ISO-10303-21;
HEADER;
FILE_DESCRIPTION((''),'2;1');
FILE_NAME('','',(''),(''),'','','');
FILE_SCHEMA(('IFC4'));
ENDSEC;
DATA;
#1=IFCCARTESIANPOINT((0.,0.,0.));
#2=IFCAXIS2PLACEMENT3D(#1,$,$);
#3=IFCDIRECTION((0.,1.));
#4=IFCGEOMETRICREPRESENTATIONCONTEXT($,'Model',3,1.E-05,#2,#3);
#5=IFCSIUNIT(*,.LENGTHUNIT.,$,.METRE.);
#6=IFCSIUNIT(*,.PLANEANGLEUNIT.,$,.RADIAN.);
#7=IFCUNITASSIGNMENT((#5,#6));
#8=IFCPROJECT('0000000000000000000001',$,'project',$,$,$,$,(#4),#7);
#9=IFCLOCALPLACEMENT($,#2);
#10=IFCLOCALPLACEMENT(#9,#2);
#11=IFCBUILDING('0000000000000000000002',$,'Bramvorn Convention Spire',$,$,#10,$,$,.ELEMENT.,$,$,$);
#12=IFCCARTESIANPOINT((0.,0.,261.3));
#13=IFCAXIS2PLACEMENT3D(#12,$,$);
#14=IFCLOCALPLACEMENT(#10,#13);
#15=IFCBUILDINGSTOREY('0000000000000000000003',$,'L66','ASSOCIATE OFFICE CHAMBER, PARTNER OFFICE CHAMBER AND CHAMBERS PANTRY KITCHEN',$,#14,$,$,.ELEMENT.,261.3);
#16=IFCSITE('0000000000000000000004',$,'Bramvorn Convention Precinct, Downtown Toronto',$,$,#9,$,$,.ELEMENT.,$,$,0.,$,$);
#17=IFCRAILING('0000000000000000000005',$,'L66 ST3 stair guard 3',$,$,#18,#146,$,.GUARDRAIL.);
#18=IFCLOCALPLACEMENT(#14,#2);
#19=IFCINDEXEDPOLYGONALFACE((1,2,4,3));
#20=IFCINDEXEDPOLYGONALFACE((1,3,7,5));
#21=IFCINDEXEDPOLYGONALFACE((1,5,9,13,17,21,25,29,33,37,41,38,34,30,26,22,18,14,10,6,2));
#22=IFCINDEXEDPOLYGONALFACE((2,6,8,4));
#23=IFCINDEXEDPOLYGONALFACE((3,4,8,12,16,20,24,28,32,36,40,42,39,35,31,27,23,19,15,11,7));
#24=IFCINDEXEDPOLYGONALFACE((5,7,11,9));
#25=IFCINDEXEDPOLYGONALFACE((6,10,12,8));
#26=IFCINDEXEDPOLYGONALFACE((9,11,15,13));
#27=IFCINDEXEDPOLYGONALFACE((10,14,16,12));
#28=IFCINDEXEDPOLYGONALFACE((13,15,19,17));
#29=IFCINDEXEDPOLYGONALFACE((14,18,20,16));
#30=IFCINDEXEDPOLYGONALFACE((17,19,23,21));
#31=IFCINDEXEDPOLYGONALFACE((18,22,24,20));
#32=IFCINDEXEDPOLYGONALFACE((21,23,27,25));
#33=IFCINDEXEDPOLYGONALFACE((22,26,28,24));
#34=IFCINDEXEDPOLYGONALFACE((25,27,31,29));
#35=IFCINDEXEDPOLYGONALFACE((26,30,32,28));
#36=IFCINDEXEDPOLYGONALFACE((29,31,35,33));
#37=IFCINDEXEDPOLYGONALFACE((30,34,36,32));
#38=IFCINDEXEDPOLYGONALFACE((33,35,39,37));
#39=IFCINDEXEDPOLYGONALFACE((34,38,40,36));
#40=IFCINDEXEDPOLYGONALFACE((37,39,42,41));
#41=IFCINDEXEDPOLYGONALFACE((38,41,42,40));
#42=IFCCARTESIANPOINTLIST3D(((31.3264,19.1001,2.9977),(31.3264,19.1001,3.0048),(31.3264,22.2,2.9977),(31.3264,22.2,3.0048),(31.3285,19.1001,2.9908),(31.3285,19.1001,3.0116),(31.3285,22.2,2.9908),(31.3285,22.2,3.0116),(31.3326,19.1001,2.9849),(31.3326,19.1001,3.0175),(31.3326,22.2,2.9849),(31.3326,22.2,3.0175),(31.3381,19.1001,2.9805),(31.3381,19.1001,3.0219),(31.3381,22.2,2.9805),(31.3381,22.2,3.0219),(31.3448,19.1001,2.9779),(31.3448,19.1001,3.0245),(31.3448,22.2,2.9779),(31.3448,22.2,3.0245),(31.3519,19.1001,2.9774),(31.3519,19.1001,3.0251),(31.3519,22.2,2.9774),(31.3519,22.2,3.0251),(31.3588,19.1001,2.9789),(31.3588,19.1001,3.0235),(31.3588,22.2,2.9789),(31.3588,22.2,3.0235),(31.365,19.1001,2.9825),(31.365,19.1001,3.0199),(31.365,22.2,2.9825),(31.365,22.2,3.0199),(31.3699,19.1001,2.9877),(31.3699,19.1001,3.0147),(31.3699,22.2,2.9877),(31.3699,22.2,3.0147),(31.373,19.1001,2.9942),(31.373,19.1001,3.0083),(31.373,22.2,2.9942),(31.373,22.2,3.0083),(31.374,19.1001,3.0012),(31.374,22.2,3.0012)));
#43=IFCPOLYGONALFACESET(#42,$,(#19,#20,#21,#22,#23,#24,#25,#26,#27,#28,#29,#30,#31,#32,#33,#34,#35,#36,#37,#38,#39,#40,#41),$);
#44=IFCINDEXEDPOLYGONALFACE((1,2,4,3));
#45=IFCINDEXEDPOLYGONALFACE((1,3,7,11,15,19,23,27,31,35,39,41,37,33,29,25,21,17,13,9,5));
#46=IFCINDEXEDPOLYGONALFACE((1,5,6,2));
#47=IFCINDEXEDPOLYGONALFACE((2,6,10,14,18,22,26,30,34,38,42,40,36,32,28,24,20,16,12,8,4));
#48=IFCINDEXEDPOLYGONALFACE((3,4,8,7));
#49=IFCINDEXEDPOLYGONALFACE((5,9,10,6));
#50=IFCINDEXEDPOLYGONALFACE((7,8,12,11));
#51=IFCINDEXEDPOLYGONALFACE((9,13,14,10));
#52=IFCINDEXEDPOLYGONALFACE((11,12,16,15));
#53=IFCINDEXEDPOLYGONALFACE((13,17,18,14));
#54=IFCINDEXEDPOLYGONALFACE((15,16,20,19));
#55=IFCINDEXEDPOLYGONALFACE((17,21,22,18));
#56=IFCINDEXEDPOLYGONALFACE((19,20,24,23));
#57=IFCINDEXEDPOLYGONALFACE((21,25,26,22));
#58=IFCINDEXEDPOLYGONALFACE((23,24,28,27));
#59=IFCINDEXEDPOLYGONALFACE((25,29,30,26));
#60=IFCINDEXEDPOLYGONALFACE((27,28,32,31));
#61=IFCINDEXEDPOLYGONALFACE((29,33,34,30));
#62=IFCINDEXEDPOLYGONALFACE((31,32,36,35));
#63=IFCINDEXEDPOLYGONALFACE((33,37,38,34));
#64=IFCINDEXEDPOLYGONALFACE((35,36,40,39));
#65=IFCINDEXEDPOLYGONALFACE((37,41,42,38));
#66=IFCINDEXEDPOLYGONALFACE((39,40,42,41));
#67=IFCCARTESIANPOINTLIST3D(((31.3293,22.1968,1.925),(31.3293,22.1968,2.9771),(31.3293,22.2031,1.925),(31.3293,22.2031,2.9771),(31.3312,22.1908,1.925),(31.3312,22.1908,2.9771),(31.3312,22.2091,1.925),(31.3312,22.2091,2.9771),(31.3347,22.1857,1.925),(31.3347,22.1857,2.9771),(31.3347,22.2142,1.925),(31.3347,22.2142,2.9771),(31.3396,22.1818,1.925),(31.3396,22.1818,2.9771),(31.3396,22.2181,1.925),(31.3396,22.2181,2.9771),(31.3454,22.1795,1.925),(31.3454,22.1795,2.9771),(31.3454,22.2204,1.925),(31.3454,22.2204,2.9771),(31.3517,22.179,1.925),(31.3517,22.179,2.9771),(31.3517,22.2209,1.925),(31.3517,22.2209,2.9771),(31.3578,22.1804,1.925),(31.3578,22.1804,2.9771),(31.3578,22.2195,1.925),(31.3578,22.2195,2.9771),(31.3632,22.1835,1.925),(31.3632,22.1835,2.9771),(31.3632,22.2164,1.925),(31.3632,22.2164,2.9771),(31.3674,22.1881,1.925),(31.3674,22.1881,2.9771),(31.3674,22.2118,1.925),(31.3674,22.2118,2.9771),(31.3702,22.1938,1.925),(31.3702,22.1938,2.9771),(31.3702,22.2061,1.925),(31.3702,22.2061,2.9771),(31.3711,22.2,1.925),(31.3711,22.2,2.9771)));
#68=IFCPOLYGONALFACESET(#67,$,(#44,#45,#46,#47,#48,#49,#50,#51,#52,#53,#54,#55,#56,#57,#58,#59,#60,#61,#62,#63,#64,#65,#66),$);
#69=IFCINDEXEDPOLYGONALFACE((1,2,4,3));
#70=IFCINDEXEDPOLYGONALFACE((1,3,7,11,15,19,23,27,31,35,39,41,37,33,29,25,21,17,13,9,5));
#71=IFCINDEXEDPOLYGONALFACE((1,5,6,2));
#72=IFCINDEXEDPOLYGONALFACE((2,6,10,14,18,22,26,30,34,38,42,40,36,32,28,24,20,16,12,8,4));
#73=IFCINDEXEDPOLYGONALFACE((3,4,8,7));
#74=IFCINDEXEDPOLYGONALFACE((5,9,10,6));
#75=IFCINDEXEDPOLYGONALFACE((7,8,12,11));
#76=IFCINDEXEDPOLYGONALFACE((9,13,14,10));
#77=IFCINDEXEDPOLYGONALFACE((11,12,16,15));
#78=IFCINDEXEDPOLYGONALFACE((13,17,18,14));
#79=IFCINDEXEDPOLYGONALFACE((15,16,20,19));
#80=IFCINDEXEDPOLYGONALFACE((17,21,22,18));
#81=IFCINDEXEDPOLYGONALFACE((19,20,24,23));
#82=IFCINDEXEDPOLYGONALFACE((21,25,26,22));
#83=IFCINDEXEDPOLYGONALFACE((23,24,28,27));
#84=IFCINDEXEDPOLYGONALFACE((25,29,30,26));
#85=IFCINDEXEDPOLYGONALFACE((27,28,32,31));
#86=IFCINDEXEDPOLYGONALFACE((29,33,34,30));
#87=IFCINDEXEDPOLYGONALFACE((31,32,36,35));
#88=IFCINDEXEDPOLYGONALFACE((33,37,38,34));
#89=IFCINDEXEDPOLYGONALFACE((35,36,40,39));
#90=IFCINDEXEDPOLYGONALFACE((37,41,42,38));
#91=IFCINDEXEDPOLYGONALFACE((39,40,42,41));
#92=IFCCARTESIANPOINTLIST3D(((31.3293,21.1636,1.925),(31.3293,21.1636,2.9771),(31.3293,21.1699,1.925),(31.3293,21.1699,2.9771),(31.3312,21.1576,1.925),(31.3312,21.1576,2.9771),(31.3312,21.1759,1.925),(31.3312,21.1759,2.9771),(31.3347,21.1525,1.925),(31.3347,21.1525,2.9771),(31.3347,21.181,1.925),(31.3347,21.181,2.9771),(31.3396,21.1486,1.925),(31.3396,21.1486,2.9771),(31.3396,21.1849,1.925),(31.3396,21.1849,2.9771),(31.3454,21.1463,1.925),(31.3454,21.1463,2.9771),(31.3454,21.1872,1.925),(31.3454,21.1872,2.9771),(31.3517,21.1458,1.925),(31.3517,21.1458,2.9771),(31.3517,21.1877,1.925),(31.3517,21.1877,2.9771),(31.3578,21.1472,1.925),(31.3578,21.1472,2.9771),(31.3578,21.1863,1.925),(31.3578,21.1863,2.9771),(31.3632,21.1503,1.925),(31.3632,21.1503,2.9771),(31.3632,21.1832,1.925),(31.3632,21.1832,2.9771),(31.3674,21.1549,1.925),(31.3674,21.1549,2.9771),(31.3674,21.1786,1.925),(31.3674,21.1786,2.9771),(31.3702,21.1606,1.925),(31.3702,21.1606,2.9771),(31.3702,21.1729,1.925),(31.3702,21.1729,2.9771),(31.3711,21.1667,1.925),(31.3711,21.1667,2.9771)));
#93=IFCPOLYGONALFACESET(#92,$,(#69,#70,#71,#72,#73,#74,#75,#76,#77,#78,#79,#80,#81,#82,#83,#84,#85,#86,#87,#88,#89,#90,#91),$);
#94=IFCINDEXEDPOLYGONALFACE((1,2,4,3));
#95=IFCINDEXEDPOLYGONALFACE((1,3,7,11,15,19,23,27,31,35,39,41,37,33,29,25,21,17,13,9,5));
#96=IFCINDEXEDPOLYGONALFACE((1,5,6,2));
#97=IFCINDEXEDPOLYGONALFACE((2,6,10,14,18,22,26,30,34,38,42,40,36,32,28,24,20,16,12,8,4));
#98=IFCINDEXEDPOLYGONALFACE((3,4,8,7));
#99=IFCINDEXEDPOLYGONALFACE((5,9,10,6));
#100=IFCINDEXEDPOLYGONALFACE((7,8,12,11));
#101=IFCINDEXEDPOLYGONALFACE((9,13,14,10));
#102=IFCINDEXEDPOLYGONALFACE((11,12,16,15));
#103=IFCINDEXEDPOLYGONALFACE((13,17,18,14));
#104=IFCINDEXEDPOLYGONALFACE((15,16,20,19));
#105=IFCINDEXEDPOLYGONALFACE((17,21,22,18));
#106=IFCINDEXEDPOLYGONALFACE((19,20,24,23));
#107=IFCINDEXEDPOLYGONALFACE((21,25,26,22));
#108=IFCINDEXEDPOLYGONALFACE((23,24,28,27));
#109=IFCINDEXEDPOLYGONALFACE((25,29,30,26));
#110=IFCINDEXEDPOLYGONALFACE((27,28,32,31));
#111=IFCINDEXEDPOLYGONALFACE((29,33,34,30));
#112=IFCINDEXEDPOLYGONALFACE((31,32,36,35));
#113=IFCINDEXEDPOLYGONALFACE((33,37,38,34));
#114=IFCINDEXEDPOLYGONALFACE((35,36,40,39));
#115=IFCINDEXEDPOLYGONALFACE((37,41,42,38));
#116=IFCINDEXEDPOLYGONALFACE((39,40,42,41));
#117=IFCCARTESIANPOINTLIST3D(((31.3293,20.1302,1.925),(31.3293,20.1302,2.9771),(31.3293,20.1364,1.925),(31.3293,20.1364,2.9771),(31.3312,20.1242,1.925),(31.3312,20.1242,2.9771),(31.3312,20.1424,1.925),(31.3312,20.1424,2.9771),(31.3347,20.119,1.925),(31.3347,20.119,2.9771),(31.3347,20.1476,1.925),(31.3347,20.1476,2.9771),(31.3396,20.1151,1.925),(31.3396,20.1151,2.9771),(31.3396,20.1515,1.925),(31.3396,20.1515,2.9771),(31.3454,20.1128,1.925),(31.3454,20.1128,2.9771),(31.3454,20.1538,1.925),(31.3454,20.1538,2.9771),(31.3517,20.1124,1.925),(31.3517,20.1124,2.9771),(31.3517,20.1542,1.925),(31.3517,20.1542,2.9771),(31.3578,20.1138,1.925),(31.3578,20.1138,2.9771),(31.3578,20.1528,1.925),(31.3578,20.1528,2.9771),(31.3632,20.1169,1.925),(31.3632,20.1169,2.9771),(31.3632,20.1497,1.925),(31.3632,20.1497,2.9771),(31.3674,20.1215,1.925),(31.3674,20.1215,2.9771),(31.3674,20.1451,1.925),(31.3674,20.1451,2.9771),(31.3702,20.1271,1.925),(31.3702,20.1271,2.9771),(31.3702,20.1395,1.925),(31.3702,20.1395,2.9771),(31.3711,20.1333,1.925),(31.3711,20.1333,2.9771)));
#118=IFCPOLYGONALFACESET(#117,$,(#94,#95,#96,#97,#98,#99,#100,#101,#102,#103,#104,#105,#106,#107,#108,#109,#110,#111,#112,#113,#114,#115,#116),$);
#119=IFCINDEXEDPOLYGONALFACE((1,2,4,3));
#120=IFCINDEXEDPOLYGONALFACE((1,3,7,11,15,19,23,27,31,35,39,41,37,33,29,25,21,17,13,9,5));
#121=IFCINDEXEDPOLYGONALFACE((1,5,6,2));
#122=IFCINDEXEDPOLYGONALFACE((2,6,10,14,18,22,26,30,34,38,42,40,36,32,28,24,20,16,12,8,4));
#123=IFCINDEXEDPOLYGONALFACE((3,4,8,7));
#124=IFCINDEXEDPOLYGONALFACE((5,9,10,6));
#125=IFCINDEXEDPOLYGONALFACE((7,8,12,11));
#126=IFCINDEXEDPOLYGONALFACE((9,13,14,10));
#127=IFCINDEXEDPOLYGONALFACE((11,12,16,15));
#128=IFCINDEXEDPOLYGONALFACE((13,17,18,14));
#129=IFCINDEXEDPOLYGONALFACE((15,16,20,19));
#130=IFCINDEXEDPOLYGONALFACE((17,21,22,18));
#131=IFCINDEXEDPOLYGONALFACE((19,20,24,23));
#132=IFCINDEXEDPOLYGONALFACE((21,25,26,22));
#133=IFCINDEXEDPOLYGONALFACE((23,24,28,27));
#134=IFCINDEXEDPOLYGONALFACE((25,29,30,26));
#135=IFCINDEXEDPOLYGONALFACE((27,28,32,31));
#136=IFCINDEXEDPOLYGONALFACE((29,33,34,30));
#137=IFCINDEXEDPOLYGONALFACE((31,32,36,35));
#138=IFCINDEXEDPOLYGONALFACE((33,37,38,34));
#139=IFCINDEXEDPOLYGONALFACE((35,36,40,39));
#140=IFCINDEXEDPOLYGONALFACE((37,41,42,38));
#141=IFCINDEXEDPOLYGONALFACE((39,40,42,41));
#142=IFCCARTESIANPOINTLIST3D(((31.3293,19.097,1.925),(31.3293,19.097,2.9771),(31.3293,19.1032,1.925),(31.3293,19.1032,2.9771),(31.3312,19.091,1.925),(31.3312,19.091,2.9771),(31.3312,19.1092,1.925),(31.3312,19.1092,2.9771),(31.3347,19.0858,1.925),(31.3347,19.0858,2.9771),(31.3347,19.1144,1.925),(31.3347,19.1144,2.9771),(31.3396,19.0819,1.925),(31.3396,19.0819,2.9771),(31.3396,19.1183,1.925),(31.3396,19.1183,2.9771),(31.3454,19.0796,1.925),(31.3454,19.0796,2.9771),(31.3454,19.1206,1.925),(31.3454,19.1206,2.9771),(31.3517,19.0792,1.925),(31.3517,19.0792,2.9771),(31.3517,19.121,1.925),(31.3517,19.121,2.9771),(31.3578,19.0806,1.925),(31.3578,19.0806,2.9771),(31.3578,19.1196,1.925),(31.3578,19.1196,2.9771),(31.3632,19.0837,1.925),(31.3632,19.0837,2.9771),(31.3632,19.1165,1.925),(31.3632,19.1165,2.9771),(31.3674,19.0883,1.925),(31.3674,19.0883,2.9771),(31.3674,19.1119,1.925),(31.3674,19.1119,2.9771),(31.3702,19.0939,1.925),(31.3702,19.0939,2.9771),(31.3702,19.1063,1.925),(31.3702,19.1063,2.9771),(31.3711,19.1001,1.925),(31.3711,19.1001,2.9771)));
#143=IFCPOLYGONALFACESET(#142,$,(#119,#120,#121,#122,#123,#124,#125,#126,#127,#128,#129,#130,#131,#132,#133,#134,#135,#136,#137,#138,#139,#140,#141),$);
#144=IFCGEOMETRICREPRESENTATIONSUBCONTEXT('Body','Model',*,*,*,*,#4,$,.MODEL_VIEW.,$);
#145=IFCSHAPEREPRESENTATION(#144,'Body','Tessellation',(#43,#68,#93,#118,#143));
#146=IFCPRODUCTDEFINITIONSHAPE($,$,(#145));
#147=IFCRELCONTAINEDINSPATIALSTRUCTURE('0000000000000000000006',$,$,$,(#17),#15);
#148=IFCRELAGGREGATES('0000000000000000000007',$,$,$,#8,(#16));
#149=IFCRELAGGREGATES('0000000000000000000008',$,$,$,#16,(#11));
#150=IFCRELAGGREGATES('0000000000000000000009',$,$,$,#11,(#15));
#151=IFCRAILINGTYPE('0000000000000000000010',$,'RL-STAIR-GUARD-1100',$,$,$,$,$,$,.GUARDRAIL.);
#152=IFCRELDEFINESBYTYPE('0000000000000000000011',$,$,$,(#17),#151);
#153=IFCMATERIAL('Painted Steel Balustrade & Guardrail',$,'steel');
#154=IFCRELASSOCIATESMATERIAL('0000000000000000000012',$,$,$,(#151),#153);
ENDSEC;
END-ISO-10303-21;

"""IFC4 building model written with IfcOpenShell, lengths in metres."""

from ifc_helpers import new_model, si_unit, direction, frame, origin, origin_2d, place, context, subcontext, project, spatial, circle, extrude, material, type_object, element, save


model = new_model("IFC4")

# Units and contexts
model_context = context("Model", 3, precision=1e-05, world=origin(), true_north=direction((0.0, 1.0)))
body_context = subcontext(model_context, "Body", "Model", "MODEL_VIEW")
ifc_project = project(units=[si_unit("LENGTHUNIT", "METRE"), si_unit("PLANEANGLEUNIT", "RADIAN")], contexts=[model_context])

# Site, building, storey
site_placement = place(None, origin())
site = spatial("IfcSite", under=ifc_project, at=site_placement, Name="Bramvorn Convention Precinct, Downtown Toronto", CompositionType="ELEMENT", RefElevation=0.0)
building_placement = place(site_placement, origin())
building = spatial("IfcBuilding", under=site, at=building_placement, Name="Bramvorn Convention Spire", CompositionType="ELEMENT")
storey_placement = place(building_placement, frame((0.0, 0.0, 261.3)))
storey = spatial("IfcBuildingStorey", under=building, at=storey_placement, Name="L66", Description="ASSOCIATE OFFICE CHAMBER, PARTNER OFFICE CHAMBER AND CHAMBERS PANTRY KITCHEN", CompositionType="ELEMENT", Elevation=261.3)

# Railing
ifc_material_1 = material(Name="Painted Steel Balustrade & Guardrail", Category="steel")
railing_type_1 = type_object("IfcRailingType", Name="RL-STAIR-GUARD-1100", PredefinedType="GUARDRAIL", material=ifc_material_1)
for number, where, name in (
    (1, (31.3501, 22.2, 1.925), "L66 ST3 stair guard 3"),
):
    element("IfcRailing", number, at=place(storey_placement, frame(where)), inside=storey, type_object=railing_type_1, Name=name, PredefinedType="GUARDRAIL", context=body_context, shape_type="SweptSolid", body=[
        extrude(circle(Radius=0.0239, at=origin_2d()), frame((0.0, 0.0, 1.0762), z_axis=(0.0, -1.0, 0.0), x_axis=(1.0, 0.0, 0.0)), (0.0, 0.0, 1.0), 3.0999),
        extrude(circle(Radius=0.021, at=origin_2d()), origin(), (0.0, 0.0, 1.0), 1.052),
        extrude(circle(Radius=0.021, at=origin_2d()), frame((0.0, -1.0332, 0.0)), (0.0, 0.0, 1.0), 1.052),
        extrude(circle(Radius=0.021, at=origin_2d()), frame((0.0, -2.0667, 0.0)), (0.0, 0.0, 1.0), 1.052),
        extrude(circle(Radius=0.021, at=origin_2d()), frame((0.0, -3.0999, 0.0)), (0.0, 0.0, 1.0), 1.052),
    ])

save(model, "model.ifc")
